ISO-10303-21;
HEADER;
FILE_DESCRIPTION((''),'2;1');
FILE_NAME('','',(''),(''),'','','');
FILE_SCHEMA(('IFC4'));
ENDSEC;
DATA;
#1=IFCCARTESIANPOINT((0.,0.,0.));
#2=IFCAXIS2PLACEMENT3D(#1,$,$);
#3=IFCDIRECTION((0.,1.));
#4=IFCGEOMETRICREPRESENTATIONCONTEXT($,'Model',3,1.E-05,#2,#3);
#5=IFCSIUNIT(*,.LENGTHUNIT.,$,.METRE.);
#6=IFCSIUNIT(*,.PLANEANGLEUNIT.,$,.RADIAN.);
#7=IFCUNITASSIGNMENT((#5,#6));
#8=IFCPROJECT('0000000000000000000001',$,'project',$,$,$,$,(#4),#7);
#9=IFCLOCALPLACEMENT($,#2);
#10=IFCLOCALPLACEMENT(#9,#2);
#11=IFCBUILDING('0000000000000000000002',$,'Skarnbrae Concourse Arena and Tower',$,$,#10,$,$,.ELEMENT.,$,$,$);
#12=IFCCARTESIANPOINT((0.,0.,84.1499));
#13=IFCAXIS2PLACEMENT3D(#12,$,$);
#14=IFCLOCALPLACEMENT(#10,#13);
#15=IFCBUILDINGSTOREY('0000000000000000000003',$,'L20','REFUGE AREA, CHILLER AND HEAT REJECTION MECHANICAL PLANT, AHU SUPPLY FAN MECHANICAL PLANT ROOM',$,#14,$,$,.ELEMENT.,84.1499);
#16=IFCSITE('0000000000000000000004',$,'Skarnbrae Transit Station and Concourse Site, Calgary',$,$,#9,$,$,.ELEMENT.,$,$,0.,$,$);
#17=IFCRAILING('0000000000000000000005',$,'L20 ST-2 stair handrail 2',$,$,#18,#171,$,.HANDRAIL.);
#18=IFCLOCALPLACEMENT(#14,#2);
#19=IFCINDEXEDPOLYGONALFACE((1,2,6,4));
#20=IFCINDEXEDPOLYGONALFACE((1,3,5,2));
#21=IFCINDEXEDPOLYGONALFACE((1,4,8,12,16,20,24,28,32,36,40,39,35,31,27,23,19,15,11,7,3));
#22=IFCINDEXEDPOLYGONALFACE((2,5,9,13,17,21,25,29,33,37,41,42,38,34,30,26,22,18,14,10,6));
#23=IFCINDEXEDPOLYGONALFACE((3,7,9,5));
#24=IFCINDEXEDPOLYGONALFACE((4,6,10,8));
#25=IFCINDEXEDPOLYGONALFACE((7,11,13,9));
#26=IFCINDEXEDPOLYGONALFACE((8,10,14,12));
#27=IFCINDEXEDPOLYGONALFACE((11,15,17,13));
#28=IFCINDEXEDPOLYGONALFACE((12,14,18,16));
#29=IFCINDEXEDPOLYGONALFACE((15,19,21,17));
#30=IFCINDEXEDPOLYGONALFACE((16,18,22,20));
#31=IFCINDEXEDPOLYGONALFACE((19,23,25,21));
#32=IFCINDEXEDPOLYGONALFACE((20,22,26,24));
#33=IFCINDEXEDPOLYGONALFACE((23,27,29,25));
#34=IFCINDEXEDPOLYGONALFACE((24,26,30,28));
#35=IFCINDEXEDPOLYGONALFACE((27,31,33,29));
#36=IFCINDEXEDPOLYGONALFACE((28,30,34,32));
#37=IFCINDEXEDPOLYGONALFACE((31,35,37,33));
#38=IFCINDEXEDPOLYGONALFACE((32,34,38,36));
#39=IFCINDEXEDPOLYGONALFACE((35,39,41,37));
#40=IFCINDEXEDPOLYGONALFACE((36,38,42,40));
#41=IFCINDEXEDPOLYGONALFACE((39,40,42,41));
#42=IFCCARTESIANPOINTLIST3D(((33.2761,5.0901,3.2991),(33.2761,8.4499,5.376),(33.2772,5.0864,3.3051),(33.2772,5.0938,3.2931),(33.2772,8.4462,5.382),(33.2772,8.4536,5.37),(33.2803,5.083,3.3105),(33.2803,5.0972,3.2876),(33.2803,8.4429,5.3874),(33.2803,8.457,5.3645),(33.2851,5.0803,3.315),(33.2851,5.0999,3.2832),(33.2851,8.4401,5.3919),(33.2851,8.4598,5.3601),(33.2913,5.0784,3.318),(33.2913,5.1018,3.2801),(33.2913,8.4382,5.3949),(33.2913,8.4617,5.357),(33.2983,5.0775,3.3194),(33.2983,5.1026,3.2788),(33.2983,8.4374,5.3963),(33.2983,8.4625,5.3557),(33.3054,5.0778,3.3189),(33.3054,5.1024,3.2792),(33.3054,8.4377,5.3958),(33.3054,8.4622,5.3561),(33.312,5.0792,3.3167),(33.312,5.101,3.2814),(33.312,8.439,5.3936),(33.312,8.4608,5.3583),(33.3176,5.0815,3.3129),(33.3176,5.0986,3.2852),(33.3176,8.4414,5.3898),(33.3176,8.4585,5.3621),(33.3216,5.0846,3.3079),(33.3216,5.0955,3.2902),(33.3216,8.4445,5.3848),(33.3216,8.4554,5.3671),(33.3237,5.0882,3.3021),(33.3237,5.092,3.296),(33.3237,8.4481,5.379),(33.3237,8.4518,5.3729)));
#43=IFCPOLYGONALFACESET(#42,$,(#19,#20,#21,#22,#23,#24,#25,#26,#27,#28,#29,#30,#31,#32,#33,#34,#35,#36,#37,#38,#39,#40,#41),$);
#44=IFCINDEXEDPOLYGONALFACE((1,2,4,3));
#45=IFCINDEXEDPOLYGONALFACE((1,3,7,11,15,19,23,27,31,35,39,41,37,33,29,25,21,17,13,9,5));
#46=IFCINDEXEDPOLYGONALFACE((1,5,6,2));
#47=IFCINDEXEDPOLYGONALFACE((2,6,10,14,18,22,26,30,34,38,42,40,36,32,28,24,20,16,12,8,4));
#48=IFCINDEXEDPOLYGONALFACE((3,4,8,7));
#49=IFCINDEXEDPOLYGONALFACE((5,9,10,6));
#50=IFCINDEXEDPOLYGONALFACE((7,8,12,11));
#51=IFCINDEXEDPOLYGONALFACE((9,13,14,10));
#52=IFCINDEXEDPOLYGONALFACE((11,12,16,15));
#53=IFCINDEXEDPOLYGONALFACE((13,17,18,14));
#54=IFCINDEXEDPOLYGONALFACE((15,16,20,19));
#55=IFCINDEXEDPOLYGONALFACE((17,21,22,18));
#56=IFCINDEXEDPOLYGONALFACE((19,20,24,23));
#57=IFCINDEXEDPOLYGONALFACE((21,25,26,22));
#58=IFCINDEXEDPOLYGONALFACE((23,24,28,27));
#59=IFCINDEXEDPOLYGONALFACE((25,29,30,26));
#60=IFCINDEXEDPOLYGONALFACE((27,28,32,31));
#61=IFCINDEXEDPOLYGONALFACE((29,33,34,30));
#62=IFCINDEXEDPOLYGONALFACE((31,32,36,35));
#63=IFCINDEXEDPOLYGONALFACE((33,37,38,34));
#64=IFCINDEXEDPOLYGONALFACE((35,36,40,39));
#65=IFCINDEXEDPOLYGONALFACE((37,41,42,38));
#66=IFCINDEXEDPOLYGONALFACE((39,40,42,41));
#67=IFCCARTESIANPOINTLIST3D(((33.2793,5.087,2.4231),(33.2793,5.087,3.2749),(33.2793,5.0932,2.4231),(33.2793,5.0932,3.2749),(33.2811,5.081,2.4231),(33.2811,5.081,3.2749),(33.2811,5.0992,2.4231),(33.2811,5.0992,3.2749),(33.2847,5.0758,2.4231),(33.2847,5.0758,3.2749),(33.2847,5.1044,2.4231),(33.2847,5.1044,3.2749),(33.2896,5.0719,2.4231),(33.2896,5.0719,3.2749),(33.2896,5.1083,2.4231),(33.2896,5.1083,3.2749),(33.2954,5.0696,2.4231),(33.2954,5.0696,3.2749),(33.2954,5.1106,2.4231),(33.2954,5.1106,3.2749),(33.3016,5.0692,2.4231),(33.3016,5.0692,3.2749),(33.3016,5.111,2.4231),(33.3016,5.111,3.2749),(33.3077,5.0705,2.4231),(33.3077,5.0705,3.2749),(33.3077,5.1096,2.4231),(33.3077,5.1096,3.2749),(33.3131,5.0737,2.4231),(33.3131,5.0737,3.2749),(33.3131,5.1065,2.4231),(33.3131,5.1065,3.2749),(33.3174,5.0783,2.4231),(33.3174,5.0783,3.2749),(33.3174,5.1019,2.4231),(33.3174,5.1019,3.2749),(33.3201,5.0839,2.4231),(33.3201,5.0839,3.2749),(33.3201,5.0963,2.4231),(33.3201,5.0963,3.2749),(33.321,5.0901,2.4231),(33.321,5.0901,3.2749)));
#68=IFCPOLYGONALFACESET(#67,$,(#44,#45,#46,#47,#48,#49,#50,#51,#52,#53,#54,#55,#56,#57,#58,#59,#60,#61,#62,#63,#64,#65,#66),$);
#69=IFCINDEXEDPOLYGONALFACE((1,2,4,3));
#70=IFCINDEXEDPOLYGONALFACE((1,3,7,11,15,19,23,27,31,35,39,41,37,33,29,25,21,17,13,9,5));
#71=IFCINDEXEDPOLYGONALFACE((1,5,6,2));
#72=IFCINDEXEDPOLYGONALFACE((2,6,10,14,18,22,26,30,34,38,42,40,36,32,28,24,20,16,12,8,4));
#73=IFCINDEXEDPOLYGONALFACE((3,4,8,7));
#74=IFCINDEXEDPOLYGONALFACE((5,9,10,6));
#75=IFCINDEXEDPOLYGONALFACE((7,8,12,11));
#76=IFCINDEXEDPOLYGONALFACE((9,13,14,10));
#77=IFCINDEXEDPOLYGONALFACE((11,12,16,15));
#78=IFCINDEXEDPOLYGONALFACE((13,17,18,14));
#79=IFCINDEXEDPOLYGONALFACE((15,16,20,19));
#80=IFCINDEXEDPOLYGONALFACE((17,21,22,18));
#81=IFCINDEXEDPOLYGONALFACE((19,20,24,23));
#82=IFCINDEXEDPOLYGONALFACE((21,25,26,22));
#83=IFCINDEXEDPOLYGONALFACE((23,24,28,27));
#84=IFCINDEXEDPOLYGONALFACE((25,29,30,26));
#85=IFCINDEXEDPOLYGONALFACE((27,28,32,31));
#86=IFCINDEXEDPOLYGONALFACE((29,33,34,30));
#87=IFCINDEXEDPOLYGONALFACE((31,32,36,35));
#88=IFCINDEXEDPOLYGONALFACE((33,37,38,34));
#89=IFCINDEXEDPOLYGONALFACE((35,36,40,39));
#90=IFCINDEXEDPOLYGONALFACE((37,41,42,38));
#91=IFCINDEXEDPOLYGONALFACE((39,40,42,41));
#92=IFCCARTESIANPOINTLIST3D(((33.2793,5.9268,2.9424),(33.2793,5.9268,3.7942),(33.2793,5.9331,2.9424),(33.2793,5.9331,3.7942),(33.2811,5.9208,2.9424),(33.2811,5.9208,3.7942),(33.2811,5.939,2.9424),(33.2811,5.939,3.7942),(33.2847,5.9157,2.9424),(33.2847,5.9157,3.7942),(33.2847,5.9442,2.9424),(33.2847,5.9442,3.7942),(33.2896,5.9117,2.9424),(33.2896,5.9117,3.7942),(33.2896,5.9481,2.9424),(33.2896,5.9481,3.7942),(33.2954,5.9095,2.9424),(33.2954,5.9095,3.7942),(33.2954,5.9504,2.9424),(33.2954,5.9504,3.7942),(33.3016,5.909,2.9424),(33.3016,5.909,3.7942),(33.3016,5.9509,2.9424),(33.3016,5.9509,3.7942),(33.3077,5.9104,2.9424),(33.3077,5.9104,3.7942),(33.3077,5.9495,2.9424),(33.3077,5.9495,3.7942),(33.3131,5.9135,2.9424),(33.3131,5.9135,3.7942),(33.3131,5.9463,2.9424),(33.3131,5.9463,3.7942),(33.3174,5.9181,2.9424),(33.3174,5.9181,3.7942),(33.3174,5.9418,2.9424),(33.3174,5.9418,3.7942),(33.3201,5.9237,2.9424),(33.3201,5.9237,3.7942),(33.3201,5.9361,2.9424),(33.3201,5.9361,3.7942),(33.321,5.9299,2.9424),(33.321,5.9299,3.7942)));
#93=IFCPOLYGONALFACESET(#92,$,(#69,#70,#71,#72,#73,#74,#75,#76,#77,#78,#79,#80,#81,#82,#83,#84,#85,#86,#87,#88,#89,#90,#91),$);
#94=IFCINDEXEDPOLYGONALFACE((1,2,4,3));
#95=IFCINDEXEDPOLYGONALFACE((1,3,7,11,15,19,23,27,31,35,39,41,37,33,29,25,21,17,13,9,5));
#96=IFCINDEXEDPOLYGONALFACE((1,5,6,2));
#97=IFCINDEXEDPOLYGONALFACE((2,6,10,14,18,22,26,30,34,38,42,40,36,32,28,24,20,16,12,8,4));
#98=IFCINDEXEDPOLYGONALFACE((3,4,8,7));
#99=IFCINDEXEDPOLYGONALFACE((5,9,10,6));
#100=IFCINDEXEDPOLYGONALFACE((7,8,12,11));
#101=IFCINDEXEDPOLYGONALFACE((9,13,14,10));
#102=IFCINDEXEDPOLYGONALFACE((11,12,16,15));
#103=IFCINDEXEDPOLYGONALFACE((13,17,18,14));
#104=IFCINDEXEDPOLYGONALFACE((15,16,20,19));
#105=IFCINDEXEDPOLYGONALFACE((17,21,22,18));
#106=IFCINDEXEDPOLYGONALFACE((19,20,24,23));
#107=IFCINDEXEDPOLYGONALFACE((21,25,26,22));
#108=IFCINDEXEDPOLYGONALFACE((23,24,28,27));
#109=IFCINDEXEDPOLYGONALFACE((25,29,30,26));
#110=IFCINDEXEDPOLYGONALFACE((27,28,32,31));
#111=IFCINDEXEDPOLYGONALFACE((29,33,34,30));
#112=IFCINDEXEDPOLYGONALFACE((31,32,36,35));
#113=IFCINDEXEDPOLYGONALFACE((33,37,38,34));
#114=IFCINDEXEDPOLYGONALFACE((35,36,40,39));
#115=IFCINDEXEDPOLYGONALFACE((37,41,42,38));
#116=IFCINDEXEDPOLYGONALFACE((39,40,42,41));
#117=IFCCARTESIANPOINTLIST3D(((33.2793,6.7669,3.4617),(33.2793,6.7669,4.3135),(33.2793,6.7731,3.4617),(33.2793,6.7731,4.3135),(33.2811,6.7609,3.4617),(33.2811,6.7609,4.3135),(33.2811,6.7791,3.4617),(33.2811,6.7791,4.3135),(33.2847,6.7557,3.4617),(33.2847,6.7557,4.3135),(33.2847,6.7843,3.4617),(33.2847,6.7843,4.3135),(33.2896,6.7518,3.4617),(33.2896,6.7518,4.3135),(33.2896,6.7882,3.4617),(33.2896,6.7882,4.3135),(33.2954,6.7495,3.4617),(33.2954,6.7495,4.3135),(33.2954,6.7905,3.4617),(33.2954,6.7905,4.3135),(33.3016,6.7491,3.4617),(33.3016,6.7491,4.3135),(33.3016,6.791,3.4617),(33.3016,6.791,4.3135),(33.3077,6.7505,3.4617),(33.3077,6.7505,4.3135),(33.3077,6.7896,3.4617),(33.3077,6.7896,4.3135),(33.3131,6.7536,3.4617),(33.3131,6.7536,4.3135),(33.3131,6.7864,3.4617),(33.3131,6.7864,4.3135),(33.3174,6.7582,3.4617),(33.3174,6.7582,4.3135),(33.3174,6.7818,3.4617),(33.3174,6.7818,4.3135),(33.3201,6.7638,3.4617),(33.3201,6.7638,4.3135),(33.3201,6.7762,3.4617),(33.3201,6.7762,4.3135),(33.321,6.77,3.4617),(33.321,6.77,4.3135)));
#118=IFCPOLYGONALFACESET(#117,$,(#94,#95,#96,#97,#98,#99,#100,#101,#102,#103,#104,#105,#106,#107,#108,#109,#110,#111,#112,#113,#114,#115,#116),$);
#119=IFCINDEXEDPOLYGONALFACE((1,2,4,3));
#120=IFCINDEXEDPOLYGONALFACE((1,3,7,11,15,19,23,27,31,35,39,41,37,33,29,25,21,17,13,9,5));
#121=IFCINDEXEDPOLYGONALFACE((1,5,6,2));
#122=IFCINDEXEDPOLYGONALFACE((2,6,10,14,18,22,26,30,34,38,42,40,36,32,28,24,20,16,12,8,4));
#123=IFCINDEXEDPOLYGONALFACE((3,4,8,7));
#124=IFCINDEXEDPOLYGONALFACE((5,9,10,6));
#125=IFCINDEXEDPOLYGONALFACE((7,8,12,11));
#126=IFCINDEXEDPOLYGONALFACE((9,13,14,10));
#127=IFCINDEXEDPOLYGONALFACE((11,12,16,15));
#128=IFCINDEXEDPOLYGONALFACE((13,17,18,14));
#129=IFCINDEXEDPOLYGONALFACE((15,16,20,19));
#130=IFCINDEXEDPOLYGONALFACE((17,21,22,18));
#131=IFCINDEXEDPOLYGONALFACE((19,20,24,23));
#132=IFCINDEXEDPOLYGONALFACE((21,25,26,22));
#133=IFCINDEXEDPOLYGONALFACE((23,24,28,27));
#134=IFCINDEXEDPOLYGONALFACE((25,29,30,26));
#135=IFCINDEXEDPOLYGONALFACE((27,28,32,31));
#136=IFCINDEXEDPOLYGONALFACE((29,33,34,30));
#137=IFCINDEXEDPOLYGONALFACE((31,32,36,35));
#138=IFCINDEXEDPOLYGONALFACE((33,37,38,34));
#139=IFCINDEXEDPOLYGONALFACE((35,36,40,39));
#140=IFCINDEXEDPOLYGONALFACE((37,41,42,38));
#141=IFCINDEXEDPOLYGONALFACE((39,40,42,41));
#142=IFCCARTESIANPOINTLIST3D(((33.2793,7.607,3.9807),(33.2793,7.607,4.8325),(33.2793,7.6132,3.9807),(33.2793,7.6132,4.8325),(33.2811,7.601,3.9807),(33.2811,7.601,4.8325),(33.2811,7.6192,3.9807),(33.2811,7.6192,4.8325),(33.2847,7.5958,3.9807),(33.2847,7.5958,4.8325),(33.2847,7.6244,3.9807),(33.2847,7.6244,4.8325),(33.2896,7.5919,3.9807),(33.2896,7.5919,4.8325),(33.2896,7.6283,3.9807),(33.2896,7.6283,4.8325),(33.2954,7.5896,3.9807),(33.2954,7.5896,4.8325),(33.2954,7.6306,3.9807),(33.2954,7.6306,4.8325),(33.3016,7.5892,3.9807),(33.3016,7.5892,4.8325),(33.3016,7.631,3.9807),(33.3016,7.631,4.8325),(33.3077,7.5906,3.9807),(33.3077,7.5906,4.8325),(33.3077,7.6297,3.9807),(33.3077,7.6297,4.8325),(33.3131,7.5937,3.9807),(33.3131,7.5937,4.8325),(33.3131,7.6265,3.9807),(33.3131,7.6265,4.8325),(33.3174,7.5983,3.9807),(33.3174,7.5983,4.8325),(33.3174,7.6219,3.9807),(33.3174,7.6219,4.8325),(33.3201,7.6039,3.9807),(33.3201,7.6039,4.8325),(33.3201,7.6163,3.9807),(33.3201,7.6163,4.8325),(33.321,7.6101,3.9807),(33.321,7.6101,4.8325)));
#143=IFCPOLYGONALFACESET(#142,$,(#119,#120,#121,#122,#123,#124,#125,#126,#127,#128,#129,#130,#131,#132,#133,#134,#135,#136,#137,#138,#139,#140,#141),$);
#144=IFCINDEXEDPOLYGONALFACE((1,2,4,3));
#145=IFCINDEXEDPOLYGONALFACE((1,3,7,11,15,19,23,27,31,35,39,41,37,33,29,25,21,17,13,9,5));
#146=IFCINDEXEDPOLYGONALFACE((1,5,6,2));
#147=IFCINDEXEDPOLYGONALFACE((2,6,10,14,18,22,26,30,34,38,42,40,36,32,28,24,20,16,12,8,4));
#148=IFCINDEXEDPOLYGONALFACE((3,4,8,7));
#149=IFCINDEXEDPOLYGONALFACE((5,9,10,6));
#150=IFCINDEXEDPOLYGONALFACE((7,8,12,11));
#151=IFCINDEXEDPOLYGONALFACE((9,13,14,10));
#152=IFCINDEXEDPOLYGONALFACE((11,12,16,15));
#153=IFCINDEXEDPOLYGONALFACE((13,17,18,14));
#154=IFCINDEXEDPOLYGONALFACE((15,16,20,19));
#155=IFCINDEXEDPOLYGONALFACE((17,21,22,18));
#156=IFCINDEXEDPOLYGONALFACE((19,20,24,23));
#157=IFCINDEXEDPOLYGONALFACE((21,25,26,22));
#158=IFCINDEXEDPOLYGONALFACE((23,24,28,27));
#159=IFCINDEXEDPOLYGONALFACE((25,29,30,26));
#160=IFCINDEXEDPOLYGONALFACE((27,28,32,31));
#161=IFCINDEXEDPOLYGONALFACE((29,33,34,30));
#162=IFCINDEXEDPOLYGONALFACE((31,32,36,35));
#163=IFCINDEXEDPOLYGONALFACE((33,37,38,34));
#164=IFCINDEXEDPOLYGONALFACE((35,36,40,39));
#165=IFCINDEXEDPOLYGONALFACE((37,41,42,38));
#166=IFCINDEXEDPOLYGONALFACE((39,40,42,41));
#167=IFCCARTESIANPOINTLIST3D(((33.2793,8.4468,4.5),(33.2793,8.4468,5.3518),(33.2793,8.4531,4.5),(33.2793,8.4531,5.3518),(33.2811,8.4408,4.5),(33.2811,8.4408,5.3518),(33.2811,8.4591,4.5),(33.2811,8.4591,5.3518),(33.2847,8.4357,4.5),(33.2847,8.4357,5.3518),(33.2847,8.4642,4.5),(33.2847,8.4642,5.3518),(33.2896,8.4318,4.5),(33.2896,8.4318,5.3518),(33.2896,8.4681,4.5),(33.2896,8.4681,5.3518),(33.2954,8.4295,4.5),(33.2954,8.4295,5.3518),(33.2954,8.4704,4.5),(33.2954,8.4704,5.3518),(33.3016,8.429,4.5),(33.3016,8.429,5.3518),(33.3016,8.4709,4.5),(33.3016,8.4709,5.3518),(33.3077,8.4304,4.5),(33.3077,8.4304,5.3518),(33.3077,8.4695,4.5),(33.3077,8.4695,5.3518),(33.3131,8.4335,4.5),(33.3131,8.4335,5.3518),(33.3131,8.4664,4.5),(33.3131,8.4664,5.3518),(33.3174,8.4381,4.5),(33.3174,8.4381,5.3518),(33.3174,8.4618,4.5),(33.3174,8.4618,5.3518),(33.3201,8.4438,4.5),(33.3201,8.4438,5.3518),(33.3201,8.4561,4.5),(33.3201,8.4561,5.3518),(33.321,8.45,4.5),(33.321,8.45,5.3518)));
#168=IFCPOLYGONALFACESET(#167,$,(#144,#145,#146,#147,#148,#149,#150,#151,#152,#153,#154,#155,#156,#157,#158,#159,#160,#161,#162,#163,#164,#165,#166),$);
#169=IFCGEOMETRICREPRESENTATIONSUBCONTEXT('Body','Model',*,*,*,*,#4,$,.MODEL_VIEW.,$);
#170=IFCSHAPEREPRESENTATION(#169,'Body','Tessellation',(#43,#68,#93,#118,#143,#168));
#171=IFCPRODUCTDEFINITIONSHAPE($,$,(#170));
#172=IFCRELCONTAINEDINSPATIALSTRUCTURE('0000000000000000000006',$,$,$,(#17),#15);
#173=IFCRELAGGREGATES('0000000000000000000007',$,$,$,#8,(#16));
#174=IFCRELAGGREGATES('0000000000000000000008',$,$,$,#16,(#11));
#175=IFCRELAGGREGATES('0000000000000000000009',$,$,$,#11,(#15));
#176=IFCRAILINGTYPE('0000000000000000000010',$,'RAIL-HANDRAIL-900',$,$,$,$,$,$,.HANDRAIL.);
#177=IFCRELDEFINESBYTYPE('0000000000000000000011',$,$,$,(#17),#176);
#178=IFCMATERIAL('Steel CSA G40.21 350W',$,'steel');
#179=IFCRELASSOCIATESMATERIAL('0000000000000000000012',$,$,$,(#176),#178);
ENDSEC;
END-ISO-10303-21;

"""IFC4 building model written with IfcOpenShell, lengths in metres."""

from ifc_helpers import new_model, si_unit, direction, frame, origin, origin_2d, place, context, subcontext, project, spatial, circle, extrude, material, type_object, element, save


model = new_model("IFC4")

# Units and contexts
model_context = context("Model", 3, precision=1e-05, world=origin(), true_north=direction((0.0, 1.0)))
body_context = subcontext(model_context, "Body", "Model", "MODEL_VIEW")
ifc_project = project(units=[si_unit("LENGTHUNIT", "METRE"), si_unit("PLANEANGLEUNIT", "RADIAN")], contexts=[model_context])

# Site, building, storey
site_placement = place(None, origin())
site = spatial("IfcSite", under=ifc_project, at=site_placement, Name="Skarnbrae Transit Station and Concourse Site, Calgary", CompositionType="ELEMENT", RefElevation=0.0)
building_placement = place(site_placement, origin())
building = spatial("IfcBuilding", under=site, at=building_placement, Name="Skarnbrae Concourse Arena and Tower", CompositionType="ELEMENT")
storey_placement = place(building_placement, frame((0.0, 0.0, 84.1499)))
storey = spatial("IfcBuildingStorey", under=building, at=storey_placement, Name="L20", Description="REFUGE AREA, CHILLER AND HEAT REJECTION MECHANICAL PLANT, AHU SUPPLY FAN MECHANICAL PLANT ROOM", CompositionType="ELEMENT", Elevation=84.1499)

# Shared definitions
ifc_material_1 = material(Name="Steel CSA G40.21 350W", Category="steel")

# Railing
railing_type_1 = type_object("IfcRailingType", Name="RAIL-HANDRAIL-900", PredefinedType="HANDRAIL", material=ifc_material_1)
railing_1_placement = place(storey_placement, frame((33.3, 5.0901, 2.4231)))
element("IfcRailing", 1, at=railing_1_placement, inside=storey, type_object=railing_type_1, Name="L20 ST-2 stair handrail 2", PredefinedType="HANDRAIL", context=body_context, shape_type="SweptSolid", body=[
    extrude(circle(Radius=0.0239, at=origin_2d()), frame((0.0, 0.0, 0.876), z_axis=(0.0, 0.850606, 0.525803), x_axis=(-1.0, 0.0, 0.0)), (0.0, 0.0, 1.0), 3.95),
    extrude(circle(Radius=0.021, at=origin_2d()), origin(), (0.0, 0.0, 1.0), 0.8518),
    extrude(circle(Radius=0.021, at=origin_2d()), frame((0.0, 0.8398, 0.5193)), (0.0, 0.0, 1.0), 0.8518),
    extrude(circle(Radius=0.021, at=origin_2d()), frame((0.0, 1.6799, 1.0386)), (0.0, 0.0, 1.0), 0.8518),
    extrude(circle(Radius=0.021, at=origin_2d()), frame((0.0, 2.52, 1.5576)), (0.0, 0.0, 1.0), 0.8518),
    extrude(circle(Radius=0.021, at=origin_2d()), frame((0.0, 3.3599, 2.0769)), (0.0, 0.0, 1.0), 0.8518),
])

save(model, "model.ifc")
